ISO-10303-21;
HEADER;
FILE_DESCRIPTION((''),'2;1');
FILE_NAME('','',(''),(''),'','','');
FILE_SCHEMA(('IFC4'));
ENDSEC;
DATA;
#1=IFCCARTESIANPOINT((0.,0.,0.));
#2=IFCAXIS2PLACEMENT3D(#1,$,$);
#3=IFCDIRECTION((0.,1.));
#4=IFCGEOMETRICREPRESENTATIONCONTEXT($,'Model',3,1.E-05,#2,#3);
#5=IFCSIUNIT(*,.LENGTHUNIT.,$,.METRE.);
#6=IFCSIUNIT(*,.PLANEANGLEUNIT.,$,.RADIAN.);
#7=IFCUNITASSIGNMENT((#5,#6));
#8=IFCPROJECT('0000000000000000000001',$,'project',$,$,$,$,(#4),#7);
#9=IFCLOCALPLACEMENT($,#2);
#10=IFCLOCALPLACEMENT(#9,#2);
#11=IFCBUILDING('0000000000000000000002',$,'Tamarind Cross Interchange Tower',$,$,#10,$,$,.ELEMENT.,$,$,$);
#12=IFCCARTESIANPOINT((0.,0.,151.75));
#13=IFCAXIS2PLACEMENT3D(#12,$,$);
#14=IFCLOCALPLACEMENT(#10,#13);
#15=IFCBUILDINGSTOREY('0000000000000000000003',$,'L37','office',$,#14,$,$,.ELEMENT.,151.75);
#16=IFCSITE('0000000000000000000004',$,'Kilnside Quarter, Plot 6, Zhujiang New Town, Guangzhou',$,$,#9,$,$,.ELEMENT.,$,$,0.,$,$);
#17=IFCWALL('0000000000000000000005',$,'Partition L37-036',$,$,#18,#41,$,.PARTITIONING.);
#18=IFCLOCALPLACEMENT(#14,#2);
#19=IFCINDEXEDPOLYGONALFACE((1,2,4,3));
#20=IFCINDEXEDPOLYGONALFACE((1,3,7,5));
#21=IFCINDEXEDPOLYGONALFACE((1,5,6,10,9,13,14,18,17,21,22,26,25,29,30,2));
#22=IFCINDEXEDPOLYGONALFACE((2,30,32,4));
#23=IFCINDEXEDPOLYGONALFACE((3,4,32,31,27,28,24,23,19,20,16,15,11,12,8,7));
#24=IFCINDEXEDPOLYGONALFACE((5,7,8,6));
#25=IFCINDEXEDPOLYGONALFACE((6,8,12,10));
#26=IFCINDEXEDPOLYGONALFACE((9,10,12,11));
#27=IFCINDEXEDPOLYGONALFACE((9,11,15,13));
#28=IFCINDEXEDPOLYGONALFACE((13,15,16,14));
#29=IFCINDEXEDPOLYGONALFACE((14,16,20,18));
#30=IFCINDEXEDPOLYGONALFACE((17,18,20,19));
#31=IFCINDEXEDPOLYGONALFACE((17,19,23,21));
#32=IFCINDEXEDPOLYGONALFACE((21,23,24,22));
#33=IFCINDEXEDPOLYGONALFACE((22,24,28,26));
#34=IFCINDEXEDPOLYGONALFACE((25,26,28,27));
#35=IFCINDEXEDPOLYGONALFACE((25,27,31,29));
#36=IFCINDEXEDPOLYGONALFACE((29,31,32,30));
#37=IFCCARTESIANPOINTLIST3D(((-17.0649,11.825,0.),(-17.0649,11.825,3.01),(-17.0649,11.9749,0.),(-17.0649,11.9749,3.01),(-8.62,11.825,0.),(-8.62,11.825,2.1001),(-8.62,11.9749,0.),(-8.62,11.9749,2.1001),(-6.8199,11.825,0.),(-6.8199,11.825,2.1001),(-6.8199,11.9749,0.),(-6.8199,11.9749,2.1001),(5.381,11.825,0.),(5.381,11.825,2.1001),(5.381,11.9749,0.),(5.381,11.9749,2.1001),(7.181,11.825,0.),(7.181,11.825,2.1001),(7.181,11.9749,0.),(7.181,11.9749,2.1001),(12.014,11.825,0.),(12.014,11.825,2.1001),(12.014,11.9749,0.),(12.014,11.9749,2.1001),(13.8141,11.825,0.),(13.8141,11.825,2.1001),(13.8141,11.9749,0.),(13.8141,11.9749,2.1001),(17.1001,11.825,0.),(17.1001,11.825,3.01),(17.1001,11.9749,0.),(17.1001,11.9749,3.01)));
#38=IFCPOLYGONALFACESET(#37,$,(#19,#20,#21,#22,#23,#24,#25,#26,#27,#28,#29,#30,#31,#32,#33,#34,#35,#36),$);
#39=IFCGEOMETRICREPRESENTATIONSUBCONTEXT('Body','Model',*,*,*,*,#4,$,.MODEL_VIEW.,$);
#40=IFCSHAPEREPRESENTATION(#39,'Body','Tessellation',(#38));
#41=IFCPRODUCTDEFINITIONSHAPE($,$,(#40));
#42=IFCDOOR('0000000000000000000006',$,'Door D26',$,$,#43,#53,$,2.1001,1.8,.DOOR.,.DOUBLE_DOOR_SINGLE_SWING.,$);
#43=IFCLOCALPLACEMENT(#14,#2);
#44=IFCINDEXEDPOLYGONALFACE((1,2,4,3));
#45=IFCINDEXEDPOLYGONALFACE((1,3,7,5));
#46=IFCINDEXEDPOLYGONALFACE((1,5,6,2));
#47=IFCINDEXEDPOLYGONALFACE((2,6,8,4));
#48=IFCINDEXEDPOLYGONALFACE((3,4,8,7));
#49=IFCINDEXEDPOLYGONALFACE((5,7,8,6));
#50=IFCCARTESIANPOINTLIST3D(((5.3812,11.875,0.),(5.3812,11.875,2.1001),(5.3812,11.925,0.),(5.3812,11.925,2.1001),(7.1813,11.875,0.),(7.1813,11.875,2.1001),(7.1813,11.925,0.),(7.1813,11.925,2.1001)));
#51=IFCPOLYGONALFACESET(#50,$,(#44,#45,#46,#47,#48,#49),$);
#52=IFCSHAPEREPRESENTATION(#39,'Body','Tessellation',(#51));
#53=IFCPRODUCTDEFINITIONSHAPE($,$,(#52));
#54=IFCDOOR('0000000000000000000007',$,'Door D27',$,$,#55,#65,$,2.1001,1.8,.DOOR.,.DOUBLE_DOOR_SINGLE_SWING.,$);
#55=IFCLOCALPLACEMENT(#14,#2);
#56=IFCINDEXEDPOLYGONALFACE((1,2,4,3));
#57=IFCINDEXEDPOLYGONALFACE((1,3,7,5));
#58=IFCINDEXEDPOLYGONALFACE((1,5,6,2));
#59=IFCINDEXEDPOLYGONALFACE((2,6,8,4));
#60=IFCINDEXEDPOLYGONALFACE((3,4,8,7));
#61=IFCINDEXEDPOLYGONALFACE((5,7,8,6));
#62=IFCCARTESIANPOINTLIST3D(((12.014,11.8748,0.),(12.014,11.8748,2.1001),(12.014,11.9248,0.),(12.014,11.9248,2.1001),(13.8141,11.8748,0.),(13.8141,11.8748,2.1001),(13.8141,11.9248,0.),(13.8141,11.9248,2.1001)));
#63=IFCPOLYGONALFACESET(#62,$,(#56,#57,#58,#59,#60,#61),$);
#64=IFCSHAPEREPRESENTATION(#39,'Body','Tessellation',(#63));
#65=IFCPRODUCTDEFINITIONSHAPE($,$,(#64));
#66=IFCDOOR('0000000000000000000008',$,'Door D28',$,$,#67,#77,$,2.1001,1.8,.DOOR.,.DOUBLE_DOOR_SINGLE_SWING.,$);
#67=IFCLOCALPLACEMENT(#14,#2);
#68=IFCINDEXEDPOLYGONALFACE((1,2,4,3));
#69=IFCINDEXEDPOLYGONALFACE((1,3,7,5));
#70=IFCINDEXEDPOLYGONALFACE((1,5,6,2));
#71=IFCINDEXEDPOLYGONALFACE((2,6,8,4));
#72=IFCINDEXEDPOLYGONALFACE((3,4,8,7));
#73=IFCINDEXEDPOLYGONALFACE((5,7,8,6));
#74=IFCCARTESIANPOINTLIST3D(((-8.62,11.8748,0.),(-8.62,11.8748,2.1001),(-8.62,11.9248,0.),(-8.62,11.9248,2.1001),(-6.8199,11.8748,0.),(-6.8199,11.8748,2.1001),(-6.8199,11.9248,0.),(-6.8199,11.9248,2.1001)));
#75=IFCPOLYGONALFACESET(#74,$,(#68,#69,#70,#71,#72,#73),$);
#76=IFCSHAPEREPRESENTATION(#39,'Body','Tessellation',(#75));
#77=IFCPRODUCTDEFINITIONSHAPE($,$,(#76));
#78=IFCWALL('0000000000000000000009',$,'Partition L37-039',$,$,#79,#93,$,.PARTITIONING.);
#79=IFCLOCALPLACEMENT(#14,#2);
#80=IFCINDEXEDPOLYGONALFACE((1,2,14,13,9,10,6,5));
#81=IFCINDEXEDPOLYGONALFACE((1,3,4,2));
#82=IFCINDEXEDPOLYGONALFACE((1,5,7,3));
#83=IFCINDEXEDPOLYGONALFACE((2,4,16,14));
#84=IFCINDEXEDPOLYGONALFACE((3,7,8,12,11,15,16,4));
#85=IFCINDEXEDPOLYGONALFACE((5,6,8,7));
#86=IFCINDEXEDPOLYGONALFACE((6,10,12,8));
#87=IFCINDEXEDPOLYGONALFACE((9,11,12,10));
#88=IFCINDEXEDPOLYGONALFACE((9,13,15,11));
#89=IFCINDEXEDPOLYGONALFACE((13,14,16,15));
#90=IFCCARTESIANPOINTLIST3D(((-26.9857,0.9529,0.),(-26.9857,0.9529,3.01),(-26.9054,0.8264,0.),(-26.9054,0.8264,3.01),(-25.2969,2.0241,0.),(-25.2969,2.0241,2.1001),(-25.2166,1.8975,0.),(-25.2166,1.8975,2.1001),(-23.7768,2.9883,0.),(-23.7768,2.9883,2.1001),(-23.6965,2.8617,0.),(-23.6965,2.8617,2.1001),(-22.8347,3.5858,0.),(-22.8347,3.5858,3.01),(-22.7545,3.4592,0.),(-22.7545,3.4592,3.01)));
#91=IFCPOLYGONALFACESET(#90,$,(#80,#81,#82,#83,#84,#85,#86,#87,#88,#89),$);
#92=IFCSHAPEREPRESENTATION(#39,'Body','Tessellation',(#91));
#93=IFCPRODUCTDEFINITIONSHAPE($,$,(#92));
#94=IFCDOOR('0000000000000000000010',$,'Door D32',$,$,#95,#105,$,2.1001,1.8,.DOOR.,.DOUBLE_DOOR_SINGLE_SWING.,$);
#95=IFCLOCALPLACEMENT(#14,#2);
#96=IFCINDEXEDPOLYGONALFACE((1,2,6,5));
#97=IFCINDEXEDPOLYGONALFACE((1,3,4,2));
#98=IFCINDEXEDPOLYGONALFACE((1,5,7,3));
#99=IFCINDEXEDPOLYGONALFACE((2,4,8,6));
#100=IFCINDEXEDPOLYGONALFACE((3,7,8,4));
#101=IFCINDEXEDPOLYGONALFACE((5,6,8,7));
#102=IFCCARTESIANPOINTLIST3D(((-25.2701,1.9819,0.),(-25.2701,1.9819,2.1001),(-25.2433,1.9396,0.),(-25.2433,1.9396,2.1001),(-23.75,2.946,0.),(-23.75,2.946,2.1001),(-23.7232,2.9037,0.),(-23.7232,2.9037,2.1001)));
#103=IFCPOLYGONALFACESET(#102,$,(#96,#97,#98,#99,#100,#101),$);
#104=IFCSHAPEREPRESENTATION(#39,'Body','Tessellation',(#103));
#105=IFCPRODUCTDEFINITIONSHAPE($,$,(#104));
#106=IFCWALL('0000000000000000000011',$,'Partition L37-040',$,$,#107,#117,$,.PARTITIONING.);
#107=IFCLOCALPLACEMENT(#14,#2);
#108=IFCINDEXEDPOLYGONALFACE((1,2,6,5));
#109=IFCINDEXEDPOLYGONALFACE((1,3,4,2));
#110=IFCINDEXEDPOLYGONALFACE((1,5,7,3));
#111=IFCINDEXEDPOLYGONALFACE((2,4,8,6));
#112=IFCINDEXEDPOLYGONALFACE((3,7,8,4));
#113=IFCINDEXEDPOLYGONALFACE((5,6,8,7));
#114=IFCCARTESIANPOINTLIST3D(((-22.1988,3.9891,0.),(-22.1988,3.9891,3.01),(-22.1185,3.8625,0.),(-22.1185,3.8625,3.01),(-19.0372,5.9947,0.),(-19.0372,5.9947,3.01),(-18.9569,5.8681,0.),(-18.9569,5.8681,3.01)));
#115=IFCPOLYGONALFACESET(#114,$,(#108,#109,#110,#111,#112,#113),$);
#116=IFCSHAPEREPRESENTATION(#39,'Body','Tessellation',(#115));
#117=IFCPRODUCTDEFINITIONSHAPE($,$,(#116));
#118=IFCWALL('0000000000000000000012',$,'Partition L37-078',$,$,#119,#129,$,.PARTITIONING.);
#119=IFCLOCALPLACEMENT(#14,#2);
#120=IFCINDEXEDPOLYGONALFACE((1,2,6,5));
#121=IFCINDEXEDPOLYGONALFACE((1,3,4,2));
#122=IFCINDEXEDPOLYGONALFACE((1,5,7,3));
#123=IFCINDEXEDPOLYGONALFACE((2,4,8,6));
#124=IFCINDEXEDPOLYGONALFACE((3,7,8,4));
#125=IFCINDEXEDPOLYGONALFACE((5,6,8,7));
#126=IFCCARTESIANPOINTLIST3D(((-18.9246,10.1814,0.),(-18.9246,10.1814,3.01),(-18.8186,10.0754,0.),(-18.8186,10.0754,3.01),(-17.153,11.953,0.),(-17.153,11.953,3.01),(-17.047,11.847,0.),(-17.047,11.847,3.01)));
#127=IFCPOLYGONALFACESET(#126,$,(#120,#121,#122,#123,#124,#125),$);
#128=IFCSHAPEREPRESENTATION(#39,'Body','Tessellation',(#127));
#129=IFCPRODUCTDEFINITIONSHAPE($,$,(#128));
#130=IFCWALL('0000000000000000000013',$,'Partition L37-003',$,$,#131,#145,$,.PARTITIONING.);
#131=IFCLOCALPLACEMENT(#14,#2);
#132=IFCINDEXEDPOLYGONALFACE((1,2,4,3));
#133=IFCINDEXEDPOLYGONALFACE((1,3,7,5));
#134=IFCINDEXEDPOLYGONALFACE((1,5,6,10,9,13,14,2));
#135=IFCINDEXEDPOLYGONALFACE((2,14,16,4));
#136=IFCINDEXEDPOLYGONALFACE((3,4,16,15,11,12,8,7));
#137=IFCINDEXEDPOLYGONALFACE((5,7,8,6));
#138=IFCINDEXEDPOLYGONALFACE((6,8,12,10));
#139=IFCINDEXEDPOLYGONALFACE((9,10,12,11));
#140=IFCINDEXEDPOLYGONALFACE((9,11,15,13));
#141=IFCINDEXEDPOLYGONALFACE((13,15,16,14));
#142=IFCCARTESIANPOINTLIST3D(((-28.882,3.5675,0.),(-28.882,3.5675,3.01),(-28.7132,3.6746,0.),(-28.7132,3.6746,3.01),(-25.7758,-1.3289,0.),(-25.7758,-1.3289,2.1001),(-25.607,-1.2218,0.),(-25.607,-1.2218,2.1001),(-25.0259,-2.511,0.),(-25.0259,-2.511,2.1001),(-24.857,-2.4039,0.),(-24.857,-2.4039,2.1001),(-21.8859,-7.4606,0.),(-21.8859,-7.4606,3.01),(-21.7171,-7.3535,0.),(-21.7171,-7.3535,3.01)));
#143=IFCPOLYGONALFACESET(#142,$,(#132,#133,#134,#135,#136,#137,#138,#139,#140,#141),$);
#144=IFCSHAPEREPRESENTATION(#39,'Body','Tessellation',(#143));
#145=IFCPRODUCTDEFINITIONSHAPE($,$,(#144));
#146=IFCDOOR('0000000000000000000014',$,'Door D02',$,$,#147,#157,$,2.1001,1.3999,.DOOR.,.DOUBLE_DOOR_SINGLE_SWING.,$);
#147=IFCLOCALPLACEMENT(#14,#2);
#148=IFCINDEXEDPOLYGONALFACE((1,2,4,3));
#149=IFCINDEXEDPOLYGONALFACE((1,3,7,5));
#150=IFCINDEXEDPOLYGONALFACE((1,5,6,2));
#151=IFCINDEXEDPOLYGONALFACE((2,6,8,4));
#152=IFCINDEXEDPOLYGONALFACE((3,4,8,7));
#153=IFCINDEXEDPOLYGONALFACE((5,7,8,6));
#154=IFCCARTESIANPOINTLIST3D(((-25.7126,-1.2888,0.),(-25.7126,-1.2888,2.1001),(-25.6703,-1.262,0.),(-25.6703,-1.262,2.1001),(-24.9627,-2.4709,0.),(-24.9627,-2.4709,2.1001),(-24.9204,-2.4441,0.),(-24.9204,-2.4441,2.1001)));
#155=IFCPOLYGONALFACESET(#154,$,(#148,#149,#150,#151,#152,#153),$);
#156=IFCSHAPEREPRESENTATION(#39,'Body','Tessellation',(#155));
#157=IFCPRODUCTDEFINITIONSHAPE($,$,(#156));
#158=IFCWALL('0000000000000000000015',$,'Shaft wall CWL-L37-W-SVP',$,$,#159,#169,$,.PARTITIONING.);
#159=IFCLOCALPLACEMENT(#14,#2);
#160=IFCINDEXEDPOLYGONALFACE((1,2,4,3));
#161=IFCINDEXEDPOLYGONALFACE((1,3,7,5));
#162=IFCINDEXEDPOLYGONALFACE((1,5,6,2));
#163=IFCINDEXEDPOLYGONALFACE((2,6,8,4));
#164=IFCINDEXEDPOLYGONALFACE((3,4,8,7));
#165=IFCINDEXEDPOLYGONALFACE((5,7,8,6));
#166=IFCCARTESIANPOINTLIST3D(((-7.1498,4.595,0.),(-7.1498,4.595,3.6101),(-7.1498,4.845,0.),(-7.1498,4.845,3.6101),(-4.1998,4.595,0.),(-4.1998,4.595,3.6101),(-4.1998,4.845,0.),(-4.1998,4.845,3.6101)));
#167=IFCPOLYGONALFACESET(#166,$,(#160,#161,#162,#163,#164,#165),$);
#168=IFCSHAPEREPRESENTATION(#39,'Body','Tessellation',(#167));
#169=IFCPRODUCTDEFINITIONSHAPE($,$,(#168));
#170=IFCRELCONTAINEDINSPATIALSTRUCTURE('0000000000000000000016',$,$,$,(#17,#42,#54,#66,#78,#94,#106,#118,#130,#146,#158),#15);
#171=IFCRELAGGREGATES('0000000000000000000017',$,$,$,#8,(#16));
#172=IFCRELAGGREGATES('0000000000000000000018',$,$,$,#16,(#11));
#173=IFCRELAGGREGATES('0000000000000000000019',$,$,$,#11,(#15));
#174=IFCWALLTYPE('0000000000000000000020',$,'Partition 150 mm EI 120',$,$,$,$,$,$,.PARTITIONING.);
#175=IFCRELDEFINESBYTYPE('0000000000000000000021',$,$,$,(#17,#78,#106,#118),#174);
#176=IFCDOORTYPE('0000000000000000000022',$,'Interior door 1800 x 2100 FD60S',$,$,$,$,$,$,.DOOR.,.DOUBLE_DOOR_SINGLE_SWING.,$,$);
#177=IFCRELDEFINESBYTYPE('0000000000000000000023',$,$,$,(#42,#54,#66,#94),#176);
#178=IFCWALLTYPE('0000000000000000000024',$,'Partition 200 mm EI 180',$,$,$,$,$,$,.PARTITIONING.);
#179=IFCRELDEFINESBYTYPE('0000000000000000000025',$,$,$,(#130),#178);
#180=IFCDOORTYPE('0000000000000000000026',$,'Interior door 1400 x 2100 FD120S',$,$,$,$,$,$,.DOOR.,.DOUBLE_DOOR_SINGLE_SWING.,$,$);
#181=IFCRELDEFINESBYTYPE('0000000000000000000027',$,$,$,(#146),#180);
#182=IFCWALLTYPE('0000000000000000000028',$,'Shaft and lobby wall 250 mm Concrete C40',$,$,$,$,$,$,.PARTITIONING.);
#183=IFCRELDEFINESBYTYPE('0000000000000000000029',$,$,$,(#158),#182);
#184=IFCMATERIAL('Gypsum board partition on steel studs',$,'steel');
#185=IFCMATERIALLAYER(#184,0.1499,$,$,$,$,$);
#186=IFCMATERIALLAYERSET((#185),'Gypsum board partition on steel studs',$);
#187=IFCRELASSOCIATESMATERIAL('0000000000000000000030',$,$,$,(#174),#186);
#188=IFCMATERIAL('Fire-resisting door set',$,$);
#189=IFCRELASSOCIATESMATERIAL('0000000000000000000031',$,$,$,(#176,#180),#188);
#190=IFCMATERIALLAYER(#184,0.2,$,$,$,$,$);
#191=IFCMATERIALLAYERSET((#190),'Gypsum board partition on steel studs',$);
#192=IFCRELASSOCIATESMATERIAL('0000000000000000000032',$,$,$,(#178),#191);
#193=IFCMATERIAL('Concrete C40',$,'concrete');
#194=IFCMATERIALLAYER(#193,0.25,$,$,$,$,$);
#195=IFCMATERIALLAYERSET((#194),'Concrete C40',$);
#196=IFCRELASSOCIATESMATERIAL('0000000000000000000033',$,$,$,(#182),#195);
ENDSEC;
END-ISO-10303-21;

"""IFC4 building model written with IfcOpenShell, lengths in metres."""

from ifc_helpers import new_model, si_unit, direction, frame, frame_2d, origin, place, context, subcontext, project, spatial, rectangle, extrude, material, layer, layer_set, type_object, element, fill, save


model = new_model("IFC4")

# Units and contexts
model_context = context("Model", 3, precision=1e-05, world=origin(), true_north=direction((0.0, 1.0)))
body_context = subcontext(model_context, "Body", "Model", "MODEL_VIEW")
ifc_project = project(units=[si_unit("LENGTHUNIT", "METRE"), si_unit("PLANEANGLEUNIT", "RADIAN")], contexts=[model_context])

# Site, building, storey
site_placement = place(None, origin())
site = spatial("IfcSite", under=ifc_project, at=site_placement, Name="Kilnside Quarter, Plot 6, Zhujiang New Town, Guangzhou", CompositionType="ELEMENT", RefElevation=0.0)
building_placement = place(site_placement, origin())
building = spatial("IfcBuilding", under=site, at=building_placement, Name="Tamarind Cross Interchange Tower", CompositionType="ELEMENT")
storey_placement = place(building_placement, frame((0.0, 0.0, 151.75)))
storey = spatial("IfcBuildingStorey", under=building, at=storey_placement, Name="L37", Description="office", CompositionType="ELEMENT", Elevation=151.75)

# Shared definitions
ifc_material_1 = material(Name="Gypsum board partition on steel studs", Category="steel")

# Wall, openings, doors
ifc_layer_1 = layer(ifc_material_1, 0.1499)
ifc_layer_set_1 = layer_set([ifc_layer_1], Name="Gypsum board partition on steel studs")
wall_type_1 = type_object("IfcWallType", Name="Partition 150 mm EI 120", PredefinedType="PARTITIONING", material=ifc_layer_set_1)
wall_1_placement = place(storey_placement, frame((-17.0649, 11.8999, 0.0), z_axis=(0.0, 0.0, 1.0), x_axis=(1.0, 0.0, 0.0)))
wall_1 = element("IfcWall", 1, at=wall_1_placement, inside=storey, type_object=wall_type_1, Name="Partition L37-036", PredefinedType="PARTITIONING", context=body_context, shape_type="SweptSolid", body=[
    extrude(rectangle(XDim=34.165, YDim=0.1499, at=frame_2d((17.0825, 0.0))), origin(), (0.0, 0.0, 1.0), 3.01),
])
opening_1_placement = place(wall_1_placement, frame((22.446, 0.0, 0.0)))
opening_1 = element("IfcOpeningElement", 2, at=opening_1_placement, cuts=wall_1, PredefinedType="OPENING", context=body_context, shape_type="SweptSolid", body=[
    extrude(rectangle(XDim=1.8, YDim=2.1001, at=frame_2d((0.8999, 1.05))), frame((0.0, 0.085, 0.0), z_axis=(0.0, -1.0, 0.0), x_axis=(1.0, 0.0, 0.0)), (0.0, 0.0, 1.0), 0.1699),
])
opening_2_placement = place(wall_1_placement, frame((29.0791, 0.0, 0.0)))
opening_2 = element("IfcOpeningElement", 3, at=opening_2_placement, cuts=wall_1, PredefinedType="OPENING", context=body_context, shape_type="SweptSolid", body=[
    extrude(rectangle(XDim=1.8, YDim=2.1001, at=frame_2d((0.8999, 1.05))), frame((0.0, 0.085, 0.0), z_axis=(0.0, -1.0, 0.0), x_axis=(1.0, 0.0, 0.0)), (0.0, 0.0, 1.0), 0.1699),
])
opening_3_placement = place(wall_1_placement, frame((8.4451, 0.0, 0.0)))
opening_3 = element("IfcOpeningElement", 4, at=opening_3_placement, cuts=wall_1, PredefinedType="OPENING", context=body_context, shape_type="SweptSolid", body=[
    extrude(rectangle(XDim=1.8, YDim=2.1001, at=frame_2d((0.8999, 1.05))), frame((0.0, 0.085, 0.0), z_axis=(0.0, -1.0, 0.0), x_axis=(1.0, 0.0, 0.0)), (0.0, 0.0, 1.0), 0.1699),
])
ifc_material_2 = material(Name="Fire-resisting door set")
door_type_1 = type_object("IfcDoorType", Name="Interior door 1800 x 2100 FD60S", OperationType="DOUBLE_DOOR_SINGLE_SWING", PredefinedType="DOOR", material=ifc_material_2)
door_1_placement = place(opening_1_placement, frame((1.8, 0.0, 0.0), z_axis=(0.0, 0.0, 1.0), x_axis=(-1.0, 0.0, 0.0)))
door_1 = element("IfcDoor", 5, at=door_1_placement, inside=storey, type_object=door_type_1, Name="Door D26", OperationType="DOUBLE_DOOR_SINGLE_SWING", OverallHeight=2.1001, OverallWidth=1.8, PredefinedType="DOOR", context=body_context, shape_type="SweptSolid", body=[
    extrude(rectangle(XDim=1.8, YDim=2.1001, at=frame_2d((0.8999, 1.05))), frame((0.0, 0.0249, 0.0), z_axis=(0.0, -1.0, 0.0), x_axis=(1.0, 0.0, 0.0)), (0.0, 0.0, 1.0), 0.05),
])
fill(opening_1, door_1)
door_2_placement = place(opening_2_placement, origin())
door_2 = element("IfcDoor", 6, at=door_2_placement, inside=storey, type_object=door_type_1, Name="Door D27", OperationType="DOUBLE_DOOR_SINGLE_SWING", OverallHeight=2.1001, OverallWidth=1.8, PredefinedType="DOOR", context=body_context, shape_type="SweptSolid", body=[
    extrude(rectangle(XDim=1.8, YDim=2.1001, at=frame_2d((0.8999, 1.05))), frame((0.0, 0.0249, 0.0), z_axis=(0.0, -1.0, 0.0), x_axis=(1.0, 0.0, 0.0)), (0.0, 0.0, 1.0), 0.05),
])
fill(opening_2, door_2)
door_3_placement = place(opening_3_placement, origin())
door_3 = element("IfcDoor", 7, at=door_3_placement, inside=storey, type_object=door_type_1, Name="Door D28", OperationType="DOUBLE_DOOR_SINGLE_SWING", OverallHeight=2.1001, OverallWidth=1.8, PredefinedType="DOOR", context=body_context, shape_type="SweptSolid", body=[
    extrude(rectangle(XDim=1.8, YDim=2.1001, at=frame_2d((0.8999, 1.05))), frame((0.0, 0.0249, 0.0), z_axis=(0.0, -1.0, 0.0), x_axis=(1.0, 0.0, 0.0)), (0.0, 0.0, 1.0), 0.05),
])
fill(opening_3, door_3)

# Wall, opening, door
wall_2_placement = place(storey_placement, frame((-26.9456, 0.8896, 0.0), z_axis=(0.0, 0.0, 1.0), x_axis=(0.844458, 0.535622, 0.0)))
wall_2 = element("IfcWall", 8, at=wall_2_placement, inside=storey, type_object=wall_type_1, Name="Partition L37-039", PredefinedType="PARTITIONING", context=body_context, shape_type="SweptSolid", body=[
    extrude(rectangle(XDim=4.9155, YDim=0.1499, at=frame_2d((2.4578, 0.0))), origin(), (0.0, 0.0, 1.0), 3.01),
])
opening_4_placement = place(wall_2_placement, frame((2.0, 0.0, 0.0)))
opening_4 = element("IfcOpeningElement", 9, at=opening_4_placement, cuts=wall_2, PredefinedType="OPENING", context=body_context, shape_type="SweptSolid", body=[
    extrude(rectangle(XDim=1.8, YDim=2.1001, at=frame_2d((0.8999, 1.05))), frame((0.0, 0.085, 0.0), z_axis=(0.0, -1.0, 0.0), x_axis=(1.0, 0.0, 0.0)), (0.0, 0.0, 1.0), 0.1699),
])
door_4_placement = place(opening_4_placement, origin())
door_4 = element("IfcDoor", 10, at=door_4_placement, inside=storey, type_object=door_type_1, Name="Door D32", OperationType="DOUBLE_DOOR_SINGLE_SWING", OverallHeight=2.1001, OverallWidth=1.8, PredefinedType="DOOR", context=body_context, shape_type="SweptSolid", body=[
    extrude(rectangle(XDim=1.8, YDim=2.1001, at=frame_2d((0.8999, 1.05))), frame((0.0, 0.0249, 0.0), z_axis=(0.0, -1.0, 0.0), x_axis=(1.0, 0.0, 0.0)), (0.0, 0.0, 1.0), 0.05),
])
fill(opening_4, door_4)

# Walls
wall_3_placement = place(storey_placement, frame((-22.1587, 3.9258, 0.0), z_axis=(0.0, 0.0, 1.0), x_axis=(0.844426, 0.535672, 0.0)))
element("IfcWall", 11, at=wall_3_placement, inside=storey, type_object=wall_type_1, Name="Partition L37-040", PredefinedType="PARTITIONING", context=body_context, shape_type="SweptSolid", body=[
    extrude(rectangle(XDim=3.7441, YDim=0.1499, at=frame_2d((1.8721, 0.0))), origin(), (0.0, 0.0, 1.0), 3.01),
])
wall_4_placement = place(storey_placement, frame((-18.8716, 10.1284, 0.0), z_axis=(0.0, 0.0, 1.0), x_axis=(0.707107, 0.707107, 0.0)))
element("IfcWall", 12, at=wall_4_placement, inside=storey, type_object=wall_type_1, Name="Partition L37-078", PredefinedType="PARTITIONING", context=body_context, shape_type="SweptSolid", body=[
    extrude(rectangle(XDim=2.5054, YDim=0.1499, at=frame_2d((1.2527, 0.0))), origin(), (0.0, 0.0, 1.0), 3.01),
])

# Wall, opening, door
ifc_layer_2 = layer(ifc_material_1, 0.2)
ifc_layer_set_2 = layer_set([ifc_layer_2], Name="Gypsum board partition on steel studs")
wall_type_2 = type_object("IfcWallType", Name="Partition 200 mm EI 180", PredefinedType="PARTITIONING", material=ifc_layer_set_2)
wall_5_placement = place(storey_placement, frame((-28.7976, 3.6211, 0.0), z_axis=(0.0, 0.0, 1.0), x_axis=(0.535688, -0.844416, 0.0)))
wall_5 = element("IfcWall", 13, at=wall_5_placement, inside=storey, type_object=wall_type_2, Name="Partition L37-003", PredefinedType="PARTITIONING", context=body_context, shape_type="SweptSolid", body=[
    extrude(rectangle(XDim=13.0601, YDim=0.2, at=frame_2d((6.53, 0.0))), origin(), (0.0, 0.0, 1.0), 3.01),
])
opening_5_placement = place(wall_5_placement, frame((5.7986, 0.0, 0.0)))
opening_5 = element("IfcOpeningElement", 14, at=opening_5_placement, cuts=wall_5, PredefinedType="OPENING", context=body_context, shape_type="SweptSolid", body=[
    extrude(rectangle(XDim=1.3999, YDim=2.1001, at=frame_2d((0.7, 1.05))), frame((0.0, 0.1099, 0.0), z_axis=(0.0, -1.0, 0.0), x_axis=(1.0, 0.0, 0.0)), (0.0, 0.0, 1.0), 0.22),
])
door_type_2 = type_object("IfcDoorType", Name="Interior door 1400 x 2100 FD120S", OperationType="DOUBLE_DOOR_SINGLE_SWING", PredefinedType="DOOR", material=ifc_material_2)
door_5_placement = place(opening_5_placement, origin())
door_5 = element("IfcDoor", 15, at=door_5_placement, inside=storey, type_object=door_type_2, Name="Door D02", OperationType="DOUBLE_DOOR_SINGLE_SWING", OverallHeight=2.1001, OverallWidth=1.3999, PredefinedType="DOOR", context=body_context, shape_type="SweptSolid", body=[
    extrude(rectangle(XDim=1.3999, YDim=2.1001, at=frame_2d((0.7, 1.05))), frame((0.0, 0.0249, 0.0), z_axis=(0.0, -1.0, 0.0), x_axis=(1.0, 0.0, 0.0)), (0.0, 0.0, 1.0), 0.05),
])
fill(opening_5, door_5)

# Wall
ifc_material_3 = material(Name="Concrete C40", Category="concrete")
ifc_layer_3 = layer(ifc_material_3, 0.25)
ifc_layer_set_3 = layer_set([ifc_layer_3], Name="Concrete C40")
wall_type_3 = type_object("IfcWallType", Name="Shaft and lobby wall 250 mm Concrete C40", PredefinedType="PARTITIONING", material=ifc_layer_set_3)
wall_6_placement = place(storey_placement, frame((-7.1499, 4.72, 0.0), z_axis=(0.0, 0.0, 1.0), x_axis=(1.0, 0.0, 0.0)))
element("IfcWall", 16, at=wall_6_placement, inside=storey, type_object=wall_type_3, Name="Shaft wall CWL-L37-W-SVP", PredefinedType="PARTITIONING", context=body_context, shape_type="SweptSolid", body=[
    extrude(rectangle(XDim=2.95, YDim=0.25, at=frame_2d((1.4751, 0.0))), origin(), (0.0, 0.0, 1.0), 3.6101),
])

save(model, "model.ifc")
